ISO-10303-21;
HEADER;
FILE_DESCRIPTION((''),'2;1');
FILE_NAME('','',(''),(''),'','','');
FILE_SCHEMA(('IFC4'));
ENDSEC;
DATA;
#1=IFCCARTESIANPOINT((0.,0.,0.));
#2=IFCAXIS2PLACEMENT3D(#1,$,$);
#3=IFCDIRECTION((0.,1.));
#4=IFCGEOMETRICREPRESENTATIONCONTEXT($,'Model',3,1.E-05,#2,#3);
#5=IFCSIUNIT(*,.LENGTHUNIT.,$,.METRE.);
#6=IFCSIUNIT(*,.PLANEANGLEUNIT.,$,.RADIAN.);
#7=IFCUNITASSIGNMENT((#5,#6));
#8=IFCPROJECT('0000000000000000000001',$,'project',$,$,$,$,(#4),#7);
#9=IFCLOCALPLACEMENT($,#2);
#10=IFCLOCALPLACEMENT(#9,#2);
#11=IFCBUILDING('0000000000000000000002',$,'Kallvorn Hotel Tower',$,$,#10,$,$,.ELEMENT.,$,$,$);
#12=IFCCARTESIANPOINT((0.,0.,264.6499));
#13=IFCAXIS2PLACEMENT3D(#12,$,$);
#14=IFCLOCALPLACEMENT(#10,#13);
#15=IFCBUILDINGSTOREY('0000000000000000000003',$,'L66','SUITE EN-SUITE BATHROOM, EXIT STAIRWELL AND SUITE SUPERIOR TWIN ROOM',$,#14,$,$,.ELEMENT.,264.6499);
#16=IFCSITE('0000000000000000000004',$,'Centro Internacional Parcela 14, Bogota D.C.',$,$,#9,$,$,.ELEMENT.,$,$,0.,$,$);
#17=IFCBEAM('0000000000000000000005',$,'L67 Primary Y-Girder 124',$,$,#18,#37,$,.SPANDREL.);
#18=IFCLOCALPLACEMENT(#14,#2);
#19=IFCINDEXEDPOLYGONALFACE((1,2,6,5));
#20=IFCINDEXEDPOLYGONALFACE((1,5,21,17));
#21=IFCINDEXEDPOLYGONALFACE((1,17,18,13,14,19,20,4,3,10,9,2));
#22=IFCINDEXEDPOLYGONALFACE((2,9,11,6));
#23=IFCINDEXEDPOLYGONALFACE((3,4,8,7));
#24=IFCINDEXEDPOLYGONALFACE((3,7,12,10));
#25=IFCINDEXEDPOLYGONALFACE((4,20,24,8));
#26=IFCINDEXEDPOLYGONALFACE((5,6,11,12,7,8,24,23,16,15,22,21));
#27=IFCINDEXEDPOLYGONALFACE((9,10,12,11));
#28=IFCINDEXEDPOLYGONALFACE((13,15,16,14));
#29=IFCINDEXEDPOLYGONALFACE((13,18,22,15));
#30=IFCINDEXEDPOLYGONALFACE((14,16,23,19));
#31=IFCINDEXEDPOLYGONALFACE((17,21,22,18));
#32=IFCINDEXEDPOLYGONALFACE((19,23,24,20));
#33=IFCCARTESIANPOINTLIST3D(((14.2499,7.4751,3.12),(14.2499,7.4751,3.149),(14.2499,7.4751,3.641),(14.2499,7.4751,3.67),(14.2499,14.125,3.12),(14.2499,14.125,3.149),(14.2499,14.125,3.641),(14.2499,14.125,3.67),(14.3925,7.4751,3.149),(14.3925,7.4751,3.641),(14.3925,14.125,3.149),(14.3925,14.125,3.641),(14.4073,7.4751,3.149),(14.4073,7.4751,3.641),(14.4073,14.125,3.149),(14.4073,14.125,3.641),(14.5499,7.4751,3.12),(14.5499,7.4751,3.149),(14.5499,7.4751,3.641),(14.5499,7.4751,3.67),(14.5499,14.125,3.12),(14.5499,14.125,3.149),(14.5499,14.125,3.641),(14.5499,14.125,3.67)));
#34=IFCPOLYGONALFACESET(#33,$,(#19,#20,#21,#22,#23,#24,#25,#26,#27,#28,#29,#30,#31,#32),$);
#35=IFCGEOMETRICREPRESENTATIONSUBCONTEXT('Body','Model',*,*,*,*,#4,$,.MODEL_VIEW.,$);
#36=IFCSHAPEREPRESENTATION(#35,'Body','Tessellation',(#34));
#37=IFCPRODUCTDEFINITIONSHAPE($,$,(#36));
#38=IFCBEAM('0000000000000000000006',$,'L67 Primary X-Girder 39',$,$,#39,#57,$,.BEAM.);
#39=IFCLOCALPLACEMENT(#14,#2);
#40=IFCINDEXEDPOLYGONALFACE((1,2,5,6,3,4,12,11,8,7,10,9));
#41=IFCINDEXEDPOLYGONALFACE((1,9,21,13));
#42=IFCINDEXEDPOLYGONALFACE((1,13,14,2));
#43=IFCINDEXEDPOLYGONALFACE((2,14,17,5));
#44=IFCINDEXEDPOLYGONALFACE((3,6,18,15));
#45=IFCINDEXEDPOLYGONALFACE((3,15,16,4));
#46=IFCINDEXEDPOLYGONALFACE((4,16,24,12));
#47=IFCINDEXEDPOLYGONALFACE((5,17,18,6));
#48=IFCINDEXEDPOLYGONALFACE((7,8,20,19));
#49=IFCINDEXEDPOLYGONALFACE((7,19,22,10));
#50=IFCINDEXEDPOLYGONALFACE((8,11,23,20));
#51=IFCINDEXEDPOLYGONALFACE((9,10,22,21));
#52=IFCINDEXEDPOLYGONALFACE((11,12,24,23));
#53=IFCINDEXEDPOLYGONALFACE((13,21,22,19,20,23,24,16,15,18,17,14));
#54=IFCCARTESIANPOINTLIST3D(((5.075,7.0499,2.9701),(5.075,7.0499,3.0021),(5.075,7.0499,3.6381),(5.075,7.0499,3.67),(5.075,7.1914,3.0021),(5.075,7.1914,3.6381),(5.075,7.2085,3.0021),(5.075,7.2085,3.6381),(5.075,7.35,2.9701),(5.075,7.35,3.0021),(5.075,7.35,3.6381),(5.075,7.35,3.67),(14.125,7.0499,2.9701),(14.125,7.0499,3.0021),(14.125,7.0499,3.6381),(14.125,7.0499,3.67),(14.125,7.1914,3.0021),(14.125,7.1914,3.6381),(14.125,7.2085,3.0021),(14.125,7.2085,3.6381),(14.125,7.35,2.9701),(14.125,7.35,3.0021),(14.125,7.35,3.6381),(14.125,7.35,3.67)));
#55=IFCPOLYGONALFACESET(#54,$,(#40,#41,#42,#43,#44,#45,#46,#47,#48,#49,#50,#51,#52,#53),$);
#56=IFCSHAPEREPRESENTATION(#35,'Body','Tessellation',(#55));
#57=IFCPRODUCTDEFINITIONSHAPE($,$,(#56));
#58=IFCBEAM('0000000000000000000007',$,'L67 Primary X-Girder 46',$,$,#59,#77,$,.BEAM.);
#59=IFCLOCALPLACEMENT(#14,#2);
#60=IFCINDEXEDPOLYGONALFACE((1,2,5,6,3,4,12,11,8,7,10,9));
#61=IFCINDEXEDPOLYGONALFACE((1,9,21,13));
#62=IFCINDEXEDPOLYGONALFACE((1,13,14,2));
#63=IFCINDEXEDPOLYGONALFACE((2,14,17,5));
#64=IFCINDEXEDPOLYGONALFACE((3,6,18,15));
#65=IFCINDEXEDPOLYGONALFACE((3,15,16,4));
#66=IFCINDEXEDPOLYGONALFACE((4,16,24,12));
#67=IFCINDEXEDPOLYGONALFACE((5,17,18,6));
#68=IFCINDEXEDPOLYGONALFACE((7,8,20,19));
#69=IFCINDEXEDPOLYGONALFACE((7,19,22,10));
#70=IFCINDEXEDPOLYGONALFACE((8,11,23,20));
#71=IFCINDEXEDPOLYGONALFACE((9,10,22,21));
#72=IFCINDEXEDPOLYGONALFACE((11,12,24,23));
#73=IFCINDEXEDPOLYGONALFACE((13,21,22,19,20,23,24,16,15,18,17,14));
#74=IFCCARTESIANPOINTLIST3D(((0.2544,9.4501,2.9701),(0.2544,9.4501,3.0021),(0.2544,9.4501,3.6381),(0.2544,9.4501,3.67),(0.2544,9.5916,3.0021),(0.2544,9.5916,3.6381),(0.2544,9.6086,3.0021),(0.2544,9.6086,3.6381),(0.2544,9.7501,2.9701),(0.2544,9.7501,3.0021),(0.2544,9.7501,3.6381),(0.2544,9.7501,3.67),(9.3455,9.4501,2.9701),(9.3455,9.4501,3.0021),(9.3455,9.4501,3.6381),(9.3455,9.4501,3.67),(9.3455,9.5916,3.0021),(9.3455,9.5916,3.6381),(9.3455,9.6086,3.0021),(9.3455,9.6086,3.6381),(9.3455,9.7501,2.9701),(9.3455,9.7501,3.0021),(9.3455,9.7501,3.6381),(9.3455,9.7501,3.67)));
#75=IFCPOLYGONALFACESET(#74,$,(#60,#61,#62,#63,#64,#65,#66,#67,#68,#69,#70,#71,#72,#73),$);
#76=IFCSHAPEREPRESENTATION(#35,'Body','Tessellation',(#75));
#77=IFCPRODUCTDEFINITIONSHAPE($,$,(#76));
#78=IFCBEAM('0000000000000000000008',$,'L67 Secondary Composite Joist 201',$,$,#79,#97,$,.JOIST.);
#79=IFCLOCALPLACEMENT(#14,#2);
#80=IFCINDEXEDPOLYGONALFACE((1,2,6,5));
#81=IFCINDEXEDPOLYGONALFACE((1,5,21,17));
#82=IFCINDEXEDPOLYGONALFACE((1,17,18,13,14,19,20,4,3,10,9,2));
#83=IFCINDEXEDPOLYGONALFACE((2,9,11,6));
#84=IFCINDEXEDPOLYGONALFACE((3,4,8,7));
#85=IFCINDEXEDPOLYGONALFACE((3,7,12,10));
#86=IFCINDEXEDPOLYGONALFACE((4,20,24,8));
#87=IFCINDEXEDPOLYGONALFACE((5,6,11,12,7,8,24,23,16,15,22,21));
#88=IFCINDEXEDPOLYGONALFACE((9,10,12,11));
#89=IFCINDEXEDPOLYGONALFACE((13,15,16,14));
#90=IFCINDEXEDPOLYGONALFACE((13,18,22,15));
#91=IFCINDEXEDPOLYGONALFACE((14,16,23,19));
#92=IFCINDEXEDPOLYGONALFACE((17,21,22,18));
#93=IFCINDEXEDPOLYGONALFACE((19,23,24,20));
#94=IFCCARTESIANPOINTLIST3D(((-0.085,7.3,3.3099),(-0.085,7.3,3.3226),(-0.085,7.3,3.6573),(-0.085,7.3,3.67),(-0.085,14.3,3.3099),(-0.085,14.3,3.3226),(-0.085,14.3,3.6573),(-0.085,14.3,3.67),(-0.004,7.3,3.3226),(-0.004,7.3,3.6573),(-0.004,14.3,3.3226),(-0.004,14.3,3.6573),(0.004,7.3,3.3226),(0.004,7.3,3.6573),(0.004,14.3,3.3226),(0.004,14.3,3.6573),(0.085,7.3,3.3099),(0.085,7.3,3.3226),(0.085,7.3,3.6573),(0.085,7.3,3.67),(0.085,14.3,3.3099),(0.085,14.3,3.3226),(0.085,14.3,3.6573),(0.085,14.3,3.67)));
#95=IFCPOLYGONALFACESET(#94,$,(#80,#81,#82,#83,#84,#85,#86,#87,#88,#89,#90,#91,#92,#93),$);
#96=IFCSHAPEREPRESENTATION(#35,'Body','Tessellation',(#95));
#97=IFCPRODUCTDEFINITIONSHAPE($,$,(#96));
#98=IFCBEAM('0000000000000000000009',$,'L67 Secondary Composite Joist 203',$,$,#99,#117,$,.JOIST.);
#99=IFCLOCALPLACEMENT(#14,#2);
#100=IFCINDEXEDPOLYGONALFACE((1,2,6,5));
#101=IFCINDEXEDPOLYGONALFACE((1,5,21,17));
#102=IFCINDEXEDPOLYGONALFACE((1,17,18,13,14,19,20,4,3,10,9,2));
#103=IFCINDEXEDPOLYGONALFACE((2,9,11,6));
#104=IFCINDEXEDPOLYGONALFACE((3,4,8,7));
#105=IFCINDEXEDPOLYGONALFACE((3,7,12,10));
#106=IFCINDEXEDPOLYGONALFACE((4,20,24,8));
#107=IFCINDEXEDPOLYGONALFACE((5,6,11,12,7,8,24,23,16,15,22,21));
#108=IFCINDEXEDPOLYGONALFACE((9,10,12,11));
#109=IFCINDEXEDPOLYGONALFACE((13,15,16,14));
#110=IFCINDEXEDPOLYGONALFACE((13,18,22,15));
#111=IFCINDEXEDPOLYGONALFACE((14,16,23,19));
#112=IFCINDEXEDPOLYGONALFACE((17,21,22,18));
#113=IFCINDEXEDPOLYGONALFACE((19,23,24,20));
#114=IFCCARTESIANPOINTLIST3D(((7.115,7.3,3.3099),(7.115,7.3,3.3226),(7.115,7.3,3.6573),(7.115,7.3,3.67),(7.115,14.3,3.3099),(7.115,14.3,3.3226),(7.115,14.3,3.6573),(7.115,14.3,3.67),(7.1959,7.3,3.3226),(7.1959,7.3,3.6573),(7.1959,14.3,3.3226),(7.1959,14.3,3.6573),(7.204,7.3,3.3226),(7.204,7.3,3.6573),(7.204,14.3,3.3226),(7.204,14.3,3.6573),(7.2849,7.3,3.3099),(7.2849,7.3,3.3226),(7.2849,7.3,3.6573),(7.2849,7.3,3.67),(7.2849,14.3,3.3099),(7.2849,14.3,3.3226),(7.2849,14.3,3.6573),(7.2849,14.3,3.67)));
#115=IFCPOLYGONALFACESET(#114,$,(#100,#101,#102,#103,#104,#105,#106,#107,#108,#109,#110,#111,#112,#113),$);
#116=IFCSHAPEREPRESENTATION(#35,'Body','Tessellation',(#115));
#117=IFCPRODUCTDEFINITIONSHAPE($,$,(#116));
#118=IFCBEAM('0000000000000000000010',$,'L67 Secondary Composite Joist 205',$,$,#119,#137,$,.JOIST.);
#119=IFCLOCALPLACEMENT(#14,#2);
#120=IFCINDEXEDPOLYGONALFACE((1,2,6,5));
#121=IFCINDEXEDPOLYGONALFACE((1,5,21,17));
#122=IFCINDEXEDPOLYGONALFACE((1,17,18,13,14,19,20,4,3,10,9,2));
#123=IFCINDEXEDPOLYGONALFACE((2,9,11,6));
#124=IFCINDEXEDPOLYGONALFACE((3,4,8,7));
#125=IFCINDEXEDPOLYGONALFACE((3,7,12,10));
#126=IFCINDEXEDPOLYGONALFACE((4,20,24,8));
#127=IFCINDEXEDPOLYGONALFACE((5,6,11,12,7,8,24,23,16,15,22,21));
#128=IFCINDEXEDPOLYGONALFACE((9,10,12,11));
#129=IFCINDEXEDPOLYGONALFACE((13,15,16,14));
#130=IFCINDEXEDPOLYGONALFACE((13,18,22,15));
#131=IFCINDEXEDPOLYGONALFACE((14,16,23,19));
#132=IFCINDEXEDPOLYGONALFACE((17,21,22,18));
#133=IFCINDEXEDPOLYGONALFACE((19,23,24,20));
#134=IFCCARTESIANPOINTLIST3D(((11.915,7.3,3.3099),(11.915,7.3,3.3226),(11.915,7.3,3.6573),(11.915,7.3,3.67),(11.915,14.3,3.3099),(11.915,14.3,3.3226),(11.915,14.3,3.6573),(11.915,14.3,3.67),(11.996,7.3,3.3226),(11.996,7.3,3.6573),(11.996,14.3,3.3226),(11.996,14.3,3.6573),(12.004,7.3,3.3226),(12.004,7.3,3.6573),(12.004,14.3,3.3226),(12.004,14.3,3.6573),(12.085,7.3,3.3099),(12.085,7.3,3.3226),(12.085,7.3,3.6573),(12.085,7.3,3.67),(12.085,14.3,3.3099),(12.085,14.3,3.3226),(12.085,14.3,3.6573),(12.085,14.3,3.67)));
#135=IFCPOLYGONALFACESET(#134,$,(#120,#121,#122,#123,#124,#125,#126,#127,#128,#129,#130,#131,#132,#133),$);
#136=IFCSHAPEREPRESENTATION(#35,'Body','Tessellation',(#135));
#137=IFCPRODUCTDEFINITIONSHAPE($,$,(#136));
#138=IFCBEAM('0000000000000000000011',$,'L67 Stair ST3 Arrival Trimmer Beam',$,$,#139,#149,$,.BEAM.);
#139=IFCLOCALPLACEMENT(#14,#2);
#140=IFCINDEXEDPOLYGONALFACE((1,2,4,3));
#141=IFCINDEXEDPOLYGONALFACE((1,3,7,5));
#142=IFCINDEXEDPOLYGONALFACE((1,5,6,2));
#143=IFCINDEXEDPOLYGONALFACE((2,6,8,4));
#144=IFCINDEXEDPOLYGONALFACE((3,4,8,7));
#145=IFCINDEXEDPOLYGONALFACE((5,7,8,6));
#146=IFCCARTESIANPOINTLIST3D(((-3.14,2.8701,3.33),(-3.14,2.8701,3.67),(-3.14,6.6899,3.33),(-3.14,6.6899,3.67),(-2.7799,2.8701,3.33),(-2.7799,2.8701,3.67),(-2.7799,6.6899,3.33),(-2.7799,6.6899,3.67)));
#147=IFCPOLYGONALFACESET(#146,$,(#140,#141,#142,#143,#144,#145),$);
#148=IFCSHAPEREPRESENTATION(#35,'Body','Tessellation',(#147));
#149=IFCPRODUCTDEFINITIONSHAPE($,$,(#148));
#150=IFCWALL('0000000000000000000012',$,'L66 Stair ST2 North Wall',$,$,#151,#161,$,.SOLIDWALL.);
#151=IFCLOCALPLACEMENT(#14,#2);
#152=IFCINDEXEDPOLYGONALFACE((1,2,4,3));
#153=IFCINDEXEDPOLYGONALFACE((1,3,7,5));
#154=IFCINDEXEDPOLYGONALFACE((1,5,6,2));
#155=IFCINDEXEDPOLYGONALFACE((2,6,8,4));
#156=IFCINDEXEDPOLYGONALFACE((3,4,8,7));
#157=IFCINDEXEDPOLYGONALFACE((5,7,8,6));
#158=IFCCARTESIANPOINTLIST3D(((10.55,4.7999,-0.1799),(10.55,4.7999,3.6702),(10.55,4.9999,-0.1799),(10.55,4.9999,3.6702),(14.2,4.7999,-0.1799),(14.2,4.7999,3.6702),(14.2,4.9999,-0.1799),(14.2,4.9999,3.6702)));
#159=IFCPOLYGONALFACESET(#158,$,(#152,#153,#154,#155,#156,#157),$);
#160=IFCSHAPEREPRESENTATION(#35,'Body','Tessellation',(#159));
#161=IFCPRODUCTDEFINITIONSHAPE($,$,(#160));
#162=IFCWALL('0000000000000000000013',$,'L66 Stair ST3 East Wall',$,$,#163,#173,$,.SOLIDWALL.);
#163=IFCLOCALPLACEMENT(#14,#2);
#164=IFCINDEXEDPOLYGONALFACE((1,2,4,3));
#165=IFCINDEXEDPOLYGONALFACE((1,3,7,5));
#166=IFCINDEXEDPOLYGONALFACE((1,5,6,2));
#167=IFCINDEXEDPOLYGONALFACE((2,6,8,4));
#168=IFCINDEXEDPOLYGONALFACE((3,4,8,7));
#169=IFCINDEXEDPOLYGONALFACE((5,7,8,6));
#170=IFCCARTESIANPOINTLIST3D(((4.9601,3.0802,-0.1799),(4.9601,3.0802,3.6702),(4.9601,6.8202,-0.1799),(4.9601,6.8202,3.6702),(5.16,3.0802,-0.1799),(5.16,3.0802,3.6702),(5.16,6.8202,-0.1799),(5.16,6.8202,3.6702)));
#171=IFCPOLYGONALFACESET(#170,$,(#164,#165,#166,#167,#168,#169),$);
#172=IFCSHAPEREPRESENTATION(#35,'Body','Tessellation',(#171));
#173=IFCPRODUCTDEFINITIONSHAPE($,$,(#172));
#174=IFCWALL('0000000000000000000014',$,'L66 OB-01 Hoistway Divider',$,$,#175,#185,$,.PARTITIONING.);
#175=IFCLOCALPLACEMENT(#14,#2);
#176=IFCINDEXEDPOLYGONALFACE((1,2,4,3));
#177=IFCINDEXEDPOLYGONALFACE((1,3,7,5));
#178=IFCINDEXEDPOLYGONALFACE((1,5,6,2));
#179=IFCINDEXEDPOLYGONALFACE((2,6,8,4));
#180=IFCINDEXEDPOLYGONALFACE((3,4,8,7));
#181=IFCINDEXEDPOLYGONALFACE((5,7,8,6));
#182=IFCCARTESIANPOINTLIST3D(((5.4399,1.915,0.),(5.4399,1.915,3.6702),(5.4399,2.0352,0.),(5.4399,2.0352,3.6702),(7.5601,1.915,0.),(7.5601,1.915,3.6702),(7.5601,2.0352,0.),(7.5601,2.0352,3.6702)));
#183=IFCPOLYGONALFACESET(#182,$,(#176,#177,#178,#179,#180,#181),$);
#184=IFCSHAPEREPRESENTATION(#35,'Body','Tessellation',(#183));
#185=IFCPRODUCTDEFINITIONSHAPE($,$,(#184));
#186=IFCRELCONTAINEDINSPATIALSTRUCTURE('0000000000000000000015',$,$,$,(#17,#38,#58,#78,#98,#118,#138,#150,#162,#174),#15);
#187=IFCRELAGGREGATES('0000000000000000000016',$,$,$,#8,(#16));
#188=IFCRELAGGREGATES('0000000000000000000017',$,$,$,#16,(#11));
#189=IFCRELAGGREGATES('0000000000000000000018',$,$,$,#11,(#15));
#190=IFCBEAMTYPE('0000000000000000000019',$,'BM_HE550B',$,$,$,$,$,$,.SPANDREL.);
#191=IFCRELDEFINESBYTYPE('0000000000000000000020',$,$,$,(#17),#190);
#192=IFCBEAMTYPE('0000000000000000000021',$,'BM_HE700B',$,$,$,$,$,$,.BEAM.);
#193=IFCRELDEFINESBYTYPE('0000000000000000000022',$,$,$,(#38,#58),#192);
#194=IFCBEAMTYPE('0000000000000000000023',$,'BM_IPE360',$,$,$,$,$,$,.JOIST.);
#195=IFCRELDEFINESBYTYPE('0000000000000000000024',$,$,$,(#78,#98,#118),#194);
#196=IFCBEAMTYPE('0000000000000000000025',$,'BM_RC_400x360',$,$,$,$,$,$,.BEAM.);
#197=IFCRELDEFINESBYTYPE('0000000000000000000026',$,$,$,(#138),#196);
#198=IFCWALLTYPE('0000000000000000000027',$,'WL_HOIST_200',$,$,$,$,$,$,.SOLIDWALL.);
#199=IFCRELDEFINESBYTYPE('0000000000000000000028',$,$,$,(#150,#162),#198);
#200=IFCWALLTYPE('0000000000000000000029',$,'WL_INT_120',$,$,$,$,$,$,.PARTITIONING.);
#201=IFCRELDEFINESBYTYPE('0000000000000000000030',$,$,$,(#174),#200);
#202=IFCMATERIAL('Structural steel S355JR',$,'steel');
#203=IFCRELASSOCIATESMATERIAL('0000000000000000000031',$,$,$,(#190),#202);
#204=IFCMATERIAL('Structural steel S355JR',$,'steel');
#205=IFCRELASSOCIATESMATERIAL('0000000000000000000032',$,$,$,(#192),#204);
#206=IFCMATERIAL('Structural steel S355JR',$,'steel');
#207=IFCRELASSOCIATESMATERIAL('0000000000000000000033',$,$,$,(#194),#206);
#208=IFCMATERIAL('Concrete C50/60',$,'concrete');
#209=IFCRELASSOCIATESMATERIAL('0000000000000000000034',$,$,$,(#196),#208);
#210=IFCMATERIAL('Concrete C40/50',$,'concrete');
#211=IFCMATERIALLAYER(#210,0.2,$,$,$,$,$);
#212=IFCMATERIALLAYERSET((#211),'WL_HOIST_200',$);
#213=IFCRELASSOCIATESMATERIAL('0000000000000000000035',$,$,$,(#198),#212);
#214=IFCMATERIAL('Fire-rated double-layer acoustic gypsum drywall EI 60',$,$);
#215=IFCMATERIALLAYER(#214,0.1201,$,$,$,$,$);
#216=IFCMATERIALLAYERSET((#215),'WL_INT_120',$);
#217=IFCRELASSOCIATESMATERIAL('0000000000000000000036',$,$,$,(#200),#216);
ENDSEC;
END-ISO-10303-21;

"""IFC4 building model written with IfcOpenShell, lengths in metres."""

from ifc_helpers import new_model, si_unit, direction, frame, frame_2d, origin, origin_2d, place, context, subcontext, project, spatial, rectangle, i_section, extrude, material, layer, layer_set, material_profile, profile_set, type_object, element, save


model = new_model("IFC4")

# Units and contexts
model_context = context("Model", 3, precision=1e-05, world=origin(), true_north=direction((0.0, 1.0)))
body_context = subcontext(model_context, "Body", "Model", "MODEL_VIEW")
ifc_project = project(units=[si_unit("LENGTHUNIT", "METRE"), si_unit("PLANEANGLEUNIT", "RADIAN")], contexts=[model_context])

# Site, building, storey
site_placement = place(None, origin())
site = spatial("IfcSite", under=ifc_project, at=site_placement, Name="Centro Internacional Parcela 14, Bogota D.C.", CompositionType="ELEMENT", RefElevation=0.0)
building_placement = place(site_placement, origin())
building = spatial("IfcBuilding", under=site, at=building_placement, Name="Kallvorn Hotel Tower", CompositionType="ELEMENT")
storey_placement = place(building_placement, frame((0.0, 0.0, 264.6499)))
storey = spatial("IfcBuildingStorey", under=building, at=storey_placement, Name="L66", Description="SUITE EN-SUITE BATHROOM, EXIT STAIRWELL AND SUITE SUPERIOR TWIN ROOM", CompositionType="ELEMENT", Elevation=264.6499)

# Beams
ifc_material_1 = material(Name="Structural steel S355JR", Category="steel")
ifc_material_profile_1 = material_profile(ifc_material_1, i_section(OverallWidth=0.3, OverallDepth=0.55, WebThickness=0.0149, FlangeThickness=0.0291, at=origin_2d()), Name="HE 550 B")
ifc_profile_set_1 = profile_set([ifc_material_profile_1], Name="Structural steel S355JR")
beam_type_1 = type_object("IfcBeamType", Name="BM_HE550B", PredefinedType="SPANDREL", material=ifc_profile_set_1)
for number, where, z_axis, x_axis, name in (
    (1, (14.3999, 7.4751, 3.395), (0.0, 1.0, 0.0), (-1.0, 0.0, 0.0), "L67 Primary Y-Girder 124"),
):
    element("IfcBeam", number, at=place(storey_placement, frame(where, z_axis=z_axis, x_axis=x_axis)), inside=storey, type_object=beam_type_1, Name=name, PredefinedType="SPANDREL", context=body_context, shape_type="SweptSolid", body=[
        extrude(i_section(OverallWidth=0.3, OverallDepth=0.55, WebThickness=0.0149, FlangeThickness=0.0291, at=origin_2d()), origin(), (0.0, 0.0, 1.0), 6.6499),
    ])
ifc_material_2 = material(Name="Structural steel S355JR", Category="steel")
ifc_material_profile_2 = material_profile(ifc_material_2, i_section(OverallWidth=0.3, OverallDepth=0.7, WebThickness=0.0171, FlangeThickness=0.032, at=origin_2d()), Name="HE 700 B")
ifc_profile_set_2 = profile_set([ifc_material_profile_2], Name="Structural steel S355JR")
beam_type_2 = type_object("IfcBeamType", Name="BM_HE700B", PredefinedType="BEAM", material=ifc_profile_set_2)
beam_1_placement = place(storey_placement, frame((5.075, 7.2, 3.3201), z_axis=(1.0, 0.0, 0.0), x_axis=(0.0, 1.0, 0.0)))
element("IfcBeam", 2, at=beam_1_placement, inside=storey, type_object=beam_type_2, Name="L67 Primary X-Girder 39", PredefinedType="BEAM", context=body_context, shape_type="SweptSolid", body=[
    extrude(i_section(OverallWidth=0.3, OverallDepth=0.7, WebThickness=0.0171, FlangeThickness=0.032, at=origin_2d()), origin(), (0.0, 0.0, 1.0), 9.05),
])
beam_2_placement = place(storey_placement, frame((0.2544, 9.6001, 3.3201), z_axis=(1.0, 0.0, 0.0), x_axis=(0.0, 1.0, 0.0)))
element("IfcBeam", 3, at=beam_2_placement, inside=storey, type_object=beam_type_2, Name="L67 Primary X-Girder 46", PredefinedType="BEAM", context=body_context, shape_type="SweptSolid", body=[
    extrude(i_section(OverallWidth=0.3, OverallDepth=0.7, WebThickness=0.0171, FlangeThickness=0.032, at=origin_2d()), origin(), (0.0, 0.0, 1.0), 9.0911),
])
ifc_material_3 = material(Name="Structural steel S355JR", Category="steel")
ifc_material_profile_3 = material_profile(ifc_material_3, i_section(OverallWidth=0.1699, OverallDepth=0.3601, WebThickness=0.0081, FlangeThickness=0.0127, at=origin_2d()), Name="IPE 360")
ifc_profile_set_3 = profile_set([ifc_material_profile_3], Name="Structural steel S355JR")
beam_type_3 = type_object("IfcBeamType", Name="BM_IPE360", PredefinedType="JOIST", material=ifc_profile_set_3)
for number, where, z_axis, x_axis, name in (
    (4, (0.0, 7.3, 3.49), (0.0, 1.0, 0.0), (-1.0, 0.0, 0.0), "L67 Secondary Composite Joist 201"),
    (5, (7.2, 7.3, 3.49), (0.0, 1.0, 0.0), (-1.0, 0.0, 0.0), "L67 Secondary Composite Joist 203"),
    (6, (12.0, 7.3, 3.49), (0.0, 1.0, 0.0), (-1.0, 0.0, 0.0), "L67 Secondary Composite Joist 205"),
):
    element("IfcBeam", number, at=place(storey_placement, frame(where, z_axis=z_axis, x_axis=x_axis)), inside=storey, type_object=beam_type_3, Name=name, PredefinedType="JOIST", context=body_context, shape_type="SweptSolid", body=[
        extrude(i_section(OverallWidth=0.1699, OverallDepth=0.3601, WebThickness=0.0081, FlangeThickness=0.0127, at=origin_2d()), origin(), (0.0, 0.0, 1.0), 7.0),
    ])
ifc_material_4 = material(Name="Concrete C50/60", Category="concrete")
ifc_material_profile_4 = material_profile(ifc_material_4, rectangle(XDim=0.3601, YDim=0.3401, at=origin_2d()), Name="RC 360x340")
ifc_profile_set_4 = profile_set([ifc_material_profile_4], Name="Concrete C50/60")
beam_type_4 = type_object("IfcBeamType", Name="BM_RC_400x360", PredefinedType="BEAM", material=ifc_profile_set_4)
beam_3_placement = place(storey_placement, frame((-2.96, 2.8701, 3.5), z_axis=(0.0, 1.0, 0.0), x_axis=(-1.0, 0.0, 0.0)))
element("IfcBeam", 7, at=beam_3_placement, inside=storey, type_object=beam_type_4, Name="L67 Stair ST3 Arrival Trimmer Beam", PredefinedType="BEAM", context=body_context, shape_type="SweptSolid", body=[
    extrude(rectangle(XDim=0.3601, YDim=0.3401, at=origin_2d()), origin(), (0.0, 0.0, 1.0), 3.8198),
])

# Walls
ifc_material_5 = material(Name="Concrete C40/50", Category="concrete")
ifc_layer_1 = layer(ifc_material_5, 0.2)
ifc_layer_set_1 = layer_set([ifc_layer_1], Name="WL_HOIST_200")
wall_type_1 = type_object("IfcWallType", Name="WL_HOIST_200", PredefinedType="SOLIDWALL", material=ifc_layer_set_1)
wall_1_placement = place(storey_placement, frame((10.55, 4.8999, -0.1799), z_axis=(0.0, 0.0, 1.0), x_axis=(1.0, 0.0, 0.0)))
element("IfcWall", 8, at=wall_1_placement, inside=storey, type_object=wall_type_1, Name="L66 Stair ST2 North Wall", PredefinedType="SOLIDWALL", context=body_context, shape_type="SweptSolid", body=[
    extrude(rectangle(XDim=3.6499, YDim=0.2, at=frame_2d((1.825, 0.0))), origin(), (0.0, 0.0, 1.0), 3.8501),
])
wall_2_placement = place(storey_placement, frame((5.0601, 3.0801, -0.1799), z_axis=(0.0, 0.0, 1.0), x_axis=(0.0, 1.0, 0.0)))
element("IfcWall", 9, at=wall_2_placement, inside=storey, type_object=wall_type_1, Name="L66 Stair ST3 East Wall", PredefinedType="SOLIDWALL", context=body_context, shape_type="SweptSolid", body=[
    extrude(rectangle(XDim=3.74, YDim=0.2, at=frame_2d((1.8701, 0.0))), origin(), (0.0, 0.0, 1.0), 3.8501),
])
ifc_material_6 = material(Name="Fire-rated double-layer acoustic gypsum drywall EI 60")
ifc_layer_2 = layer(ifc_material_6, 0.1201)
ifc_layer_set_2 = layer_set([ifc_layer_2], Name="WL_INT_120")
wall_type_2 = type_object("IfcWallType", Name="WL_INT_120", PredefinedType="PARTITIONING", material=ifc_layer_set_2)
for number, where, z_axis, x_axis, name in (
    (10, (5.4399, 1.9751, 0.0), (0.0, 0.0, 1.0), (1.0, 0.0, 0.0), "L66 OB-01 Hoistway Divider"),
):
    element("IfcWall", number, at=place(storey_placement, frame(where, z_axis=z_axis, x_axis=x_axis)), inside=storey, type_object=wall_type_2, Name=name, PredefinedType="PARTITIONING", context=body_context, shape_type="SweptSolid", body=[
        extrude(rectangle(XDim=2.1201, YDim=0.1201, at=frame_2d((1.0601, 0.0))), origin(), (0.0, 0.0, 1.0), 3.6702),
    ])

save(model, "model.ifc")
